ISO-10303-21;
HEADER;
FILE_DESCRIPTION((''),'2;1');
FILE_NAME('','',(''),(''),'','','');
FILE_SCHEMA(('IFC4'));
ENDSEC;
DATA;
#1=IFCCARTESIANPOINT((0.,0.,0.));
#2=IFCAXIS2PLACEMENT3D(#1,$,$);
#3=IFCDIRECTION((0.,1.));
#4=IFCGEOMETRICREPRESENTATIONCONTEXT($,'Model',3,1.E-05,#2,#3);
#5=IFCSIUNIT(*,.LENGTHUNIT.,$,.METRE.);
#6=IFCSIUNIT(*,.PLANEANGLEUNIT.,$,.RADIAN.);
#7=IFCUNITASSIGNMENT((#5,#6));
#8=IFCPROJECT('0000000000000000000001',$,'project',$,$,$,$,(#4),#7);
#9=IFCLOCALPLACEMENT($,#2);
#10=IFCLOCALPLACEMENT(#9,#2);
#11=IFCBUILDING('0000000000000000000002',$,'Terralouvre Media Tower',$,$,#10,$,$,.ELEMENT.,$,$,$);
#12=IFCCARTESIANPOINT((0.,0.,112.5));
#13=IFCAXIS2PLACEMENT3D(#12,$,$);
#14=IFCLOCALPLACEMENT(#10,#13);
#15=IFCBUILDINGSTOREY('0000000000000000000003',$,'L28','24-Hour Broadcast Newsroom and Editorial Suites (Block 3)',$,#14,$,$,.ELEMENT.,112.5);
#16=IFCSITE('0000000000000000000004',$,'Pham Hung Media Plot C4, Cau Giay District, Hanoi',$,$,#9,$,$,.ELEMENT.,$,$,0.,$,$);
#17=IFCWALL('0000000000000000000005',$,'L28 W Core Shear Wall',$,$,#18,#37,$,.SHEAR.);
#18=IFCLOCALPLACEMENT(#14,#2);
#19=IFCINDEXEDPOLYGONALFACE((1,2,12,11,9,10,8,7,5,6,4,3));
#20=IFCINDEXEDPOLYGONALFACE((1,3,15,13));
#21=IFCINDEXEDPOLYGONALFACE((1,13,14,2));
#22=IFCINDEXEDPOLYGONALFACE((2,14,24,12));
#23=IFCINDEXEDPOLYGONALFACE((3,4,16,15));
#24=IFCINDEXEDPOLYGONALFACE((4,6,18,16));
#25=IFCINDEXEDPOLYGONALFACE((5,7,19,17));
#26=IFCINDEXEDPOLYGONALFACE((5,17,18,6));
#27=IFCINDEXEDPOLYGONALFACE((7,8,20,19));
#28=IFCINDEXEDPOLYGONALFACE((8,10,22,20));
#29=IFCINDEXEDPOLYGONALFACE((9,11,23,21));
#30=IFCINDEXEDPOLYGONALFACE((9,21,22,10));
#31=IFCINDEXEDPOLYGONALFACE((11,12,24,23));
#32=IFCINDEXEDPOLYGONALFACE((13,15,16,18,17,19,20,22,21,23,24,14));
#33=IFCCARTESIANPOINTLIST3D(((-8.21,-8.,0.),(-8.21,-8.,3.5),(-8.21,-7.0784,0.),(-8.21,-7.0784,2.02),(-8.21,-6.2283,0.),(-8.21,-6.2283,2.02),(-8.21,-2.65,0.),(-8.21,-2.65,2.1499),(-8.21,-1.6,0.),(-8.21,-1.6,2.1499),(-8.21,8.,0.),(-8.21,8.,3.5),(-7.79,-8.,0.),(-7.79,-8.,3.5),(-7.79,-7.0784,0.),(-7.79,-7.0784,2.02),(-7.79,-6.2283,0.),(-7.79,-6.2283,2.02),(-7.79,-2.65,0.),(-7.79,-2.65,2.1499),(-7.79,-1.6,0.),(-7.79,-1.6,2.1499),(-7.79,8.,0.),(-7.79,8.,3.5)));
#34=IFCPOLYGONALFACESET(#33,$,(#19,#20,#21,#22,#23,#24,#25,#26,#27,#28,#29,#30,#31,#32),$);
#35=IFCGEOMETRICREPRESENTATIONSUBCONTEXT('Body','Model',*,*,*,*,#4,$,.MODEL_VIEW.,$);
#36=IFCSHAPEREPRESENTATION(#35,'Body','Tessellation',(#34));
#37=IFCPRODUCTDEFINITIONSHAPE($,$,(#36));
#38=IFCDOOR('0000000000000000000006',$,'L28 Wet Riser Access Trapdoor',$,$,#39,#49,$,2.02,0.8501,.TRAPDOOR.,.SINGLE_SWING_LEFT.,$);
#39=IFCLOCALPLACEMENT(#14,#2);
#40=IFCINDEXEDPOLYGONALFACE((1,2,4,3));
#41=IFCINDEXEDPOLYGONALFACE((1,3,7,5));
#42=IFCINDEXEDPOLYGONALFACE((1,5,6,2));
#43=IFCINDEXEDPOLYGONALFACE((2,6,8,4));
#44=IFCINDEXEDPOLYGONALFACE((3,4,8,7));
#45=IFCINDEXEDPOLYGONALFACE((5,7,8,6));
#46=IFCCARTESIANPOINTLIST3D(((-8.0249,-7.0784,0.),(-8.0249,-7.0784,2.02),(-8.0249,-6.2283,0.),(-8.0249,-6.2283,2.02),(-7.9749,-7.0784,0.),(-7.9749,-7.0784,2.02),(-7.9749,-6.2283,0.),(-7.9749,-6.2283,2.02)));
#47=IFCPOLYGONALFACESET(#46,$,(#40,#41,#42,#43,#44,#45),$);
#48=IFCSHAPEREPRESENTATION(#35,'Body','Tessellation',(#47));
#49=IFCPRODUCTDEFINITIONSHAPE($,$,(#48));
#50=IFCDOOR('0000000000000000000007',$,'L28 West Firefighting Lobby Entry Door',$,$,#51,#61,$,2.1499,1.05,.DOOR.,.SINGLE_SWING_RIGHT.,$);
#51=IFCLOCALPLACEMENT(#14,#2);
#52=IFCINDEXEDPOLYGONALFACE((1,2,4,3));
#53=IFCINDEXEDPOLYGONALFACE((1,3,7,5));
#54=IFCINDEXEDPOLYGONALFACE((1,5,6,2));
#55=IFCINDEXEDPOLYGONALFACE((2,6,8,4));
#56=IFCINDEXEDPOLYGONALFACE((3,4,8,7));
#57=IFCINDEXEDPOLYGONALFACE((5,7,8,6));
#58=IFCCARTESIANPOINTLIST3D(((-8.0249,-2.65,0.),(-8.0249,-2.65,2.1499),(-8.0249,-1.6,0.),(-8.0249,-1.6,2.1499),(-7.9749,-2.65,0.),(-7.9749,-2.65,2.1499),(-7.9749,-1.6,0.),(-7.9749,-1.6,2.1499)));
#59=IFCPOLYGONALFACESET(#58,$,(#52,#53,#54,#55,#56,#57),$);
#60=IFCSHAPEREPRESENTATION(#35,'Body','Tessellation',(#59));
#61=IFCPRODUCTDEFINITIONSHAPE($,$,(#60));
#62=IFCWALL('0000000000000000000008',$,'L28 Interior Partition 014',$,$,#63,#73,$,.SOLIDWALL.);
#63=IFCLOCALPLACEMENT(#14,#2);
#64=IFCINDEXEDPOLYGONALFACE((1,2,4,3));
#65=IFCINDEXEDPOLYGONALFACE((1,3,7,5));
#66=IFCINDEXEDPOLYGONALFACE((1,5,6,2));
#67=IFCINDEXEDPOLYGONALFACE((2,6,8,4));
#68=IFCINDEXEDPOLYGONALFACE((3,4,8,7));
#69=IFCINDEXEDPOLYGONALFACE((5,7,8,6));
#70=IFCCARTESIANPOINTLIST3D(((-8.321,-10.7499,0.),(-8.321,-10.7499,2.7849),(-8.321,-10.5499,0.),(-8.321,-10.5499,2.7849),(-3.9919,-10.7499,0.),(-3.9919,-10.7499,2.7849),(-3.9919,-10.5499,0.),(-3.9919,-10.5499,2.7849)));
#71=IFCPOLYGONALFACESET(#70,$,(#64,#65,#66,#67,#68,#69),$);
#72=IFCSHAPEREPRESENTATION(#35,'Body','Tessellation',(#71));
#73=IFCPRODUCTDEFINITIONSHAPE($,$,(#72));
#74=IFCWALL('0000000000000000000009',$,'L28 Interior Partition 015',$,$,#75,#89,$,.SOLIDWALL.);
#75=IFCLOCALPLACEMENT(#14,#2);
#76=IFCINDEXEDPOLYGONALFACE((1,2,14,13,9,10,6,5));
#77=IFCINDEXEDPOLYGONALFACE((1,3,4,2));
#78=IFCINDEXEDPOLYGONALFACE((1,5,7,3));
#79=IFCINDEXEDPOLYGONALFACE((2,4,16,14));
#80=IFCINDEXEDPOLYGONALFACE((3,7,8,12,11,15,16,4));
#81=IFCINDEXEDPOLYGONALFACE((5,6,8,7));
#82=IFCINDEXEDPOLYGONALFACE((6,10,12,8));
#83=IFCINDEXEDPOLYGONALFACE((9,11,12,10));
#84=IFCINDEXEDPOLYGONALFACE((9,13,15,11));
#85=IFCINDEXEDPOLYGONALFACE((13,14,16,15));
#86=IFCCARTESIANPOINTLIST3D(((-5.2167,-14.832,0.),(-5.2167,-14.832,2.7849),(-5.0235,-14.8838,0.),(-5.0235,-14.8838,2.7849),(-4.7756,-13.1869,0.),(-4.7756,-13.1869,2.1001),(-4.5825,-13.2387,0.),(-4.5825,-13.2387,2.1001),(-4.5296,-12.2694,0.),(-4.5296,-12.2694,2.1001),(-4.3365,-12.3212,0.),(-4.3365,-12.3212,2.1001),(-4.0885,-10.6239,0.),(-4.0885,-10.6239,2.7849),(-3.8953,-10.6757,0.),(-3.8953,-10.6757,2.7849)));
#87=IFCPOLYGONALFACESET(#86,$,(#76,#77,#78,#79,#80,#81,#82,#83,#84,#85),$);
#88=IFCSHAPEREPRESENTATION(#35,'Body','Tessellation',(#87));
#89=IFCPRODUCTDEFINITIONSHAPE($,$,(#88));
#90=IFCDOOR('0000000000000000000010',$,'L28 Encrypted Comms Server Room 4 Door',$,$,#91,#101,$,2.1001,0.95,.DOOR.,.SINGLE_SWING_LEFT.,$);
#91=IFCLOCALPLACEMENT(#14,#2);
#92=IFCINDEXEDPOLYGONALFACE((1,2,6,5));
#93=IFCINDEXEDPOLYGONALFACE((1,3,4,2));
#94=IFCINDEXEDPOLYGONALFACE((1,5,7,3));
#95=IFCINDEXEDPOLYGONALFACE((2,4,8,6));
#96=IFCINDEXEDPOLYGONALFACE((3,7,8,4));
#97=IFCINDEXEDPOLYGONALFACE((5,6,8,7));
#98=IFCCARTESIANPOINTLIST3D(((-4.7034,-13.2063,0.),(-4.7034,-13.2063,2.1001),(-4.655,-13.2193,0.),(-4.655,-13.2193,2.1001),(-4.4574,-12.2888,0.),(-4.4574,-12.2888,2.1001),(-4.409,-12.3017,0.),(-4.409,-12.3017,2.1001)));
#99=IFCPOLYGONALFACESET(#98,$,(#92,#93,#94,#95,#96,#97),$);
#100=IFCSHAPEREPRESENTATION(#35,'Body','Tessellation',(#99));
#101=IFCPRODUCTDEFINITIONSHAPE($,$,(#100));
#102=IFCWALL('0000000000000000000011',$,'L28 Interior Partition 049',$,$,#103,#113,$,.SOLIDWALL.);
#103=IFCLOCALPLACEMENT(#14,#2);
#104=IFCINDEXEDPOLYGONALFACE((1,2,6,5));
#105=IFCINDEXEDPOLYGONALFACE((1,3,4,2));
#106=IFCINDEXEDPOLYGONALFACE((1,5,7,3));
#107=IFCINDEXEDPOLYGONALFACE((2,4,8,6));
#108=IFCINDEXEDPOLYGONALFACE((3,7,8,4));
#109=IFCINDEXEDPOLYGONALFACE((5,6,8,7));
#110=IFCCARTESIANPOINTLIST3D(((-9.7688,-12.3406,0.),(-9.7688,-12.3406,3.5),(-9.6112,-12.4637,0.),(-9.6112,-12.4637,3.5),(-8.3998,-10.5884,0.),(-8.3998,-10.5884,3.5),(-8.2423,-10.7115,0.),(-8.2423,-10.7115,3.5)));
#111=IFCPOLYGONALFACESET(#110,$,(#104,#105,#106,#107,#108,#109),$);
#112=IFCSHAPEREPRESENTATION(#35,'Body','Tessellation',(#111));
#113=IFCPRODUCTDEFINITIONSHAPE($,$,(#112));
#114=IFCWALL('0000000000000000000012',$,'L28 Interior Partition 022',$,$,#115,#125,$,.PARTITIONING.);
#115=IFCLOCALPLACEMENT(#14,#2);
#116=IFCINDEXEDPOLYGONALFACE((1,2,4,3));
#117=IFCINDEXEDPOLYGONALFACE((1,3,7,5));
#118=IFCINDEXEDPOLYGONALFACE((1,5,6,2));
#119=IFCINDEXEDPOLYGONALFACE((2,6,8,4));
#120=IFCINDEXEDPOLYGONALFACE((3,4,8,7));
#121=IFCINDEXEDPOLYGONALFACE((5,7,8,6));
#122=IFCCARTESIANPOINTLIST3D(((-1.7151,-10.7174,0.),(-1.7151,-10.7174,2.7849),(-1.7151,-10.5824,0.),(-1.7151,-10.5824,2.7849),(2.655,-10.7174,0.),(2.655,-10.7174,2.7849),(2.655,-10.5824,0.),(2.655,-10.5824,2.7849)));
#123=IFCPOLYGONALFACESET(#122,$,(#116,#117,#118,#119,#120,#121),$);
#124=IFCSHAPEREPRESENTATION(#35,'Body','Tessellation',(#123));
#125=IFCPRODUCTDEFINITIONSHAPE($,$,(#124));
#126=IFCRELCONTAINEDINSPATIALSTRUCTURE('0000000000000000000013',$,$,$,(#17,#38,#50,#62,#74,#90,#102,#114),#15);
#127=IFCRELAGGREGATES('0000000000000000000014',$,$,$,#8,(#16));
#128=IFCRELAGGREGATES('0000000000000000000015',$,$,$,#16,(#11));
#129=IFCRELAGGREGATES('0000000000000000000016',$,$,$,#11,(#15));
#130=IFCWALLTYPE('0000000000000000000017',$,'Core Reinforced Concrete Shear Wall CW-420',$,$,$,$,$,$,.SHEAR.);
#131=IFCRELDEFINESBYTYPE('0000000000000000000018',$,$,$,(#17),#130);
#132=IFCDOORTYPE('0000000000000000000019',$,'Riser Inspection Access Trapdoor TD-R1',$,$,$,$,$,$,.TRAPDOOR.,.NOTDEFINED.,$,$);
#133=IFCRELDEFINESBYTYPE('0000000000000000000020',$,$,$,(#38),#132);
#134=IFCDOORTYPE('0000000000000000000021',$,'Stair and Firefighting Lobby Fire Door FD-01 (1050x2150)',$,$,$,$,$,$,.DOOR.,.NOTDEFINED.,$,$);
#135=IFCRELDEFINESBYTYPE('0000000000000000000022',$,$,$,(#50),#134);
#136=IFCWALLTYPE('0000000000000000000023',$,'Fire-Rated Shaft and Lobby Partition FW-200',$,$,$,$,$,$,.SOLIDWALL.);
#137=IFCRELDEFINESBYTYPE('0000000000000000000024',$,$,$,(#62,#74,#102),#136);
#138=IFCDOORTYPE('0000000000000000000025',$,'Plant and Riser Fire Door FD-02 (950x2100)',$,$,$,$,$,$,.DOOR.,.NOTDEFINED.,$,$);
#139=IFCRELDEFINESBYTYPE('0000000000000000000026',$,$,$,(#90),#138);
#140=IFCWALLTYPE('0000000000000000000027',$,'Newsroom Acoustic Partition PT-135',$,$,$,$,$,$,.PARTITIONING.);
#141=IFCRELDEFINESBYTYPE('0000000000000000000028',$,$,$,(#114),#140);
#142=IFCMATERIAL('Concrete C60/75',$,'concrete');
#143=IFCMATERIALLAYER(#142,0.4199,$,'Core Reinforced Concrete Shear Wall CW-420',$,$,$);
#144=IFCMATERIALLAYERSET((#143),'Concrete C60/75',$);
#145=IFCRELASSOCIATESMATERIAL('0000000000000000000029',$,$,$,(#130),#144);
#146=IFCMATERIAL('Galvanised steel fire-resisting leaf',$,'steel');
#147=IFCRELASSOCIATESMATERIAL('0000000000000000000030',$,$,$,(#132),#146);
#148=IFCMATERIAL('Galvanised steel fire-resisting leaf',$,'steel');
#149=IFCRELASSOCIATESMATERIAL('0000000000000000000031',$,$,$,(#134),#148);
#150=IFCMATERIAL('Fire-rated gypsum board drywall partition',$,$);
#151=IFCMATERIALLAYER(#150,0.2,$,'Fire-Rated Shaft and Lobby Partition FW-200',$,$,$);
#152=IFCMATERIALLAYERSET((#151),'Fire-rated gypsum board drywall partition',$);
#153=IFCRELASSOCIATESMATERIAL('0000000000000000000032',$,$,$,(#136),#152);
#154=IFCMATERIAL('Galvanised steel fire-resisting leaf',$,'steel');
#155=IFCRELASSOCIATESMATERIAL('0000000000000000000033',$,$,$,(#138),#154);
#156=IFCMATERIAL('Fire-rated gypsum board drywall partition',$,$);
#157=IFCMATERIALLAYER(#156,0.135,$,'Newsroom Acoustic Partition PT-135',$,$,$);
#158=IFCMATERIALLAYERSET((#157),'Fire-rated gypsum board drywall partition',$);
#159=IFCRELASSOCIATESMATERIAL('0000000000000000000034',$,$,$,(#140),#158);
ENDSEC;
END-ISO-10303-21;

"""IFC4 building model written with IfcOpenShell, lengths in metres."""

from ifc_helpers import new_model, si_unit, direction, frame, frame_2d, origin, place, context, subcontext, project, spatial, rectangle, extrude, material, layer, layer_set, type_object, element, fill, save


model = new_model("IFC4")

# Units and contexts
model_context = context("Model", 3, precision=1e-05, world=origin(), true_north=direction((0.0, 1.0)))
body_context = subcontext(model_context, "Body", "Model", "MODEL_VIEW")
ifc_project = project(units=[si_unit("LENGTHUNIT", "METRE"), si_unit("PLANEANGLEUNIT", "RADIAN")], contexts=[model_context])

# Site, building, storey
site_placement = place(None, origin())
site = spatial("IfcSite", under=ifc_project, at=site_placement, Name="Pham Hung Media Plot C4, Cau Giay District, Hanoi", CompositionType="ELEMENT", RefElevation=0.0)
building_placement = place(site_placement, origin())
building = spatial("IfcBuilding", under=site, at=building_placement, Name="Terralouvre Media Tower", CompositionType="ELEMENT")
storey_placement = place(building_placement, frame((0.0, 0.0, 112.5)))
storey = spatial("IfcBuildingStorey", under=building, at=storey_placement, Name="L28", Description="24-Hour Broadcast Newsroom and Editorial Suites (Block 3)", CompositionType="ELEMENT", Elevation=112.5)

# Wall, openings, doors
ifc_material_1 = material(Name="Concrete C60/75", Category="concrete")
ifc_layer_1 = layer(ifc_material_1, 0.4199, Name="Core Reinforced Concrete Shear Wall CW-420")
ifc_layer_set_1 = layer_set([ifc_layer_1], Name="Concrete C60/75")
wall_type_1 = type_object("IfcWallType", Name="Core Reinforced Concrete Shear Wall CW-420", PredefinedType="SHEAR", material=ifc_layer_set_1)
wall_1_placement = place(storey_placement, frame((-8.0, -8.0, 0.0), z_axis=(0.0, 0.0, 1.0), x_axis=(0.0, 1.0, 0.0)))
wall_1 = element("IfcWall", 1, at=wall_1_placement, inside=storey, type_object=wall_type_1, Name="L28 W Core Shear Wall", PredefinedType="SHEAR", context=body_context, shape_type="SweptSolid", body=[
    extrude(rectangle(XDim=16.0, YDim=0.4199, at=frame_2d((8.0, 0.0))), origin(), (0.0, 0.0, 1.0), 3.5),
])
opening_1_placement = place(wall_1_placement, frame((0.9216, 0.0, 0.0)))
opening_1 = element("IfcOpeningElement", 2, at=opening_1_placement, cuts=wall_1, PredefinedType="OPENING", context=body_context, shape_type="SweptSolid", body=[
    extrude(rectangle(XDim=0.8501, YDim=2.02, at=frame_2d((0.425, 1.01))), frame((0.0, 0.22, 0.0), z_axis=(0.0, -1.0, 0.0), x_axis=(1.0, 0.0, 0.0)), (0.0, 0.0, 1.0), 0.4399),
])
opening_2_placement = place(wall_1_placement, frame((5.3501, 0.0, 0.0)))
opening_2 = element("IfcOpeningElement", 3, at=opening_2_placement, cuts=wall_1, PredefinedType="OPENING", context=body_context, shape_type="SweptSolid", body=[
    extrude(rectangle(XDim=1.05, YDim=2.1499, at=frame_2d((0.5249, 1.075))), frame((0.0, 0.22, 0.0), z_axis=(0.0, -1.0, 0.0), x_axis=(1.0, 0.0, 0.0)), (0.0, 0.0, 1.0), 0.4399),
])
ifc_material_2 = material(Name="Galvanised steel fire-resisting leaf", Category="steel")
door_type_1 = type_object("IfcDoorType", Name="Riser Inspection Access Trapdoor TD-R1", OperationType="NOTDEFINED", PredefinedType="TRAPDOOR", material=ifc_material_2)
door_1_placement = place(opening_1_placement, origin())
door_1 = element("IfcDoor", 4, at=door_1_placement, inside=storey, type_object=door_type_1, Name="L28 Wet Riser Access Trapdoor", OperationType="SINGLE_SWING_LEFT", OverallHeight=2.02, OverallWidth=0.8501, PredefinedType="TRAPDOOR", context=body_context, shape_type="SweptSolid", body=[
    extrude(rectangle(XDim=0.8501, YDim=2.02, at=frame_2d((0.425, 1.01))), frame((0.0, 0.0249, 0.0), z_axis=(0.0, -1.0, 0.0), x_axis=(1.0, 0.0, 0.0)), (0.0, 0.0, 1.0), 0.05),
])
fill(opening_1, door_1)
ifc_material_3 = material(Name="Galvanised steel fire-resisting leaf", Category="steel")
door_type_2 = type_object("IfcDoorType", Name="Stair and Firefighting Lobby Fire Door FD-01 (1050x2150)", OperationType="NOTDEFINED", PredefinedType="DOOR", material=ifc_material_3)
door_2_placement = place(opening_2_placement, origin())
door_2 = element("IfcDoor", 5, at=door_2_placement, inside=storey, type_object=door_type_2, Name="L28 West Firefighting Lobby Entry Door", OperationType="SINGLE_SWING_RIGHT", OverallHeight=2.1499, OverallWidth=1.05, PredefinedType="DOOR", context=body_context, shape_type="SweptSolid", body=[
    extrude(rectangle(XDim=1.05, YDim=2.1499, at=frame_2d((0.5249, 1.075))), frame((0.0, 0.0249, 0.0), z_axis=(0.0, -1.0, 0.0), x_axis=(1.0, 0.0, 0.0)), (0.0, 0.0, 1.0), 0.05),
])
fill(opening_2, door_2)

# Wall
ifc_material_4 = material(Name="Fire-rated gypsum board drywall partition")
ifc_layer_2 = layer(ifc_material_4, 0.2, Name="Fire-Rated Shaft and Lobby Partition FW-200")
ifc_layer_set_2 = layer_set([ifc_layer_2], Name="Fire-rated gypsum board drywall partition")
wall_type_2 = type_object("IfcWallType", Name="Fire-Rated Shaft and Lobby Partition FW-200", PredefinedType="SOLIDWALL", material=ifc_layer_set_2)
wall_2_placement = place(storey_placement, frame((-8.321, -10.6499, 0.0), z_axis=(0.0, 0.0, 1.0), x_axis=(1.0, 0.0, 0.0)))
element("IfcWall", 6, at=wall_2_placement, inside=storey, type_object=wall_type_2, Name="L28 Interior Partition 014", PredefinedType="SOLIDWALL", context=body_context, shape_type="SweptSolid", body=[
    extrude(rectangle(XDim=4.3291, YDim=0.2, at=frame_2d((2.1646, 0.0))), origin(), (0.0, 0.0, 1.0), 2.7849),
])

# Wall, opening, door
wall_3_placement = place(storey_placement, frame((-3.9919, -10.6499, 0.0), z_axis=(0.0, 0.0, 1.0), x_axis=(-0.258956, -0.965889, 0.0)))
wall_3 = element("IfcWall", 7, at=wall_3_placement, inside=storey, type_object=wall_type_2, Name="L28 Interior Partition 015", PredefinedType="SOLIDWALL", context=body_context, shape_type="SweptSolid", body=[
    extrude(rectangle(XDim=4.3567, YDim=0.2, at=frame_2d((2.1782, 0.0))), origin(), (0.0, 0.0, 1.0), 2.7849),
])
opening_3_placement = place(wall_3_placement, frame((1.7034, 0.0, 0.0)))
opening_3 = element("IfcOpeningElement", 8, at=opening_3_placement, cuts=wall_3, PredefinedType="OPENING", context=body_context, shape_type="SweptSolid", body=[
    extrude(rectangle(XDim=0.95, YDim=2.1001, at=frame_2d((0.4751, 1.05))), frame((0.0, 0.1099, 0.0), z_axis=(0.0, -1.0, 0.0), x_axis=(1.0, 0.0, 0.0)), (0.0, 0.0, 1.0), 0.22),
])
ifc_material_5 = material(Name="Galvanised steel fire-resisting leaf", Category="steel")
door_type_3 = type_object("IfcDoorType", Name="Plant and Riser Fire Door FD-02 (950x2100)", OperationType="NOTDEFINED", PredefinedType="DOOR", material=ifc_material_5)
door_3_placement = place(opening_3_placement, origin())
door_3 = element("IfcDoor", 9, at=door_3_placement, inside=storey, type_object=door_type_3, Name="L28 Encrypted Comms Server Room 4 Door", OperationType="SINGLE_SWING_LEFT", OverallHeight=2.1001, OverallWidth=0.95, PredefinedType="DOOR", context=body_context, shape_type="SweptSolid", body=[
    extrude(rectangle(XDim=0.95, YDim=2.1001, at=frame_2d((0.4751, 1.05))), frame((0.0, 0.0249, 0.0), z_axis=(0.0, -1.0, 0.0), x_axis=(1.0, 0.0, 0.0)), (0.0, 0.0, 1.0), 0.05),
])
fill(opening_3, door_3)

# Walls
wall_4_placement = place(storey_placement, frame((-8.321, -10.6499, 0.0), z_axis=(0.0, 0.0, 1.0), x_axis=(-0.615642, -0.788026, 0.0)))
element("IfcWall", 10, at=wall_4_placement, inside=storey, type_object=wall_type_2, Name="L28 Interior Partition 049", PredefinedType="SOLIDWALL", context=body_context, shape_type="SweptSolid", body=[
    extrude(rectangle(XDim=2.2236, YDim=0.2, at=frame_2d((1.1118, 0.0))), origin(), (0.0, 0.0, 1.0), 3.5),
])
ifc_material_6 = material(Name="Fire-rated gypsum board drywall partition")
ifc_layer_3 = layer(ifc_material_6, 0.135, Name="Newsroom Acoustic Partition PT-135")
ifc_layer_set_3 = layer_set([ifc_layer_3], Name="Fire-rated gypsum board drywall partition")
wall_type_3 = type_object("IfcWallType", Name="Newsroom Acoustic Partition PT-135", PredefinedType="PARTITIONING", material=ifc_layer_set_3)
wall_5_placement = place(storey_placement, frame((-1.7151, -10.6499, 0.0), z_axis=(0.0, 0.0, 1.0), x_axis=(1.0, 0.0, 0.0)))
element("IfcWall", 11, at=wall_5_placement, inside=storey, type_object=wall_type_3, Name="L28 Interior Partition 022", PredefinedType="PARTITIONING", context=body_context, shape_type="SweptSolid", body=[
    extrude(rectangle(XDim=4.3701, YDim=0.135, at=frame_2d((2.1851, 0.0))), origin(), (0.0, 0.0, 1.0), 2.7849),
])

save(model, "model.ifc")
